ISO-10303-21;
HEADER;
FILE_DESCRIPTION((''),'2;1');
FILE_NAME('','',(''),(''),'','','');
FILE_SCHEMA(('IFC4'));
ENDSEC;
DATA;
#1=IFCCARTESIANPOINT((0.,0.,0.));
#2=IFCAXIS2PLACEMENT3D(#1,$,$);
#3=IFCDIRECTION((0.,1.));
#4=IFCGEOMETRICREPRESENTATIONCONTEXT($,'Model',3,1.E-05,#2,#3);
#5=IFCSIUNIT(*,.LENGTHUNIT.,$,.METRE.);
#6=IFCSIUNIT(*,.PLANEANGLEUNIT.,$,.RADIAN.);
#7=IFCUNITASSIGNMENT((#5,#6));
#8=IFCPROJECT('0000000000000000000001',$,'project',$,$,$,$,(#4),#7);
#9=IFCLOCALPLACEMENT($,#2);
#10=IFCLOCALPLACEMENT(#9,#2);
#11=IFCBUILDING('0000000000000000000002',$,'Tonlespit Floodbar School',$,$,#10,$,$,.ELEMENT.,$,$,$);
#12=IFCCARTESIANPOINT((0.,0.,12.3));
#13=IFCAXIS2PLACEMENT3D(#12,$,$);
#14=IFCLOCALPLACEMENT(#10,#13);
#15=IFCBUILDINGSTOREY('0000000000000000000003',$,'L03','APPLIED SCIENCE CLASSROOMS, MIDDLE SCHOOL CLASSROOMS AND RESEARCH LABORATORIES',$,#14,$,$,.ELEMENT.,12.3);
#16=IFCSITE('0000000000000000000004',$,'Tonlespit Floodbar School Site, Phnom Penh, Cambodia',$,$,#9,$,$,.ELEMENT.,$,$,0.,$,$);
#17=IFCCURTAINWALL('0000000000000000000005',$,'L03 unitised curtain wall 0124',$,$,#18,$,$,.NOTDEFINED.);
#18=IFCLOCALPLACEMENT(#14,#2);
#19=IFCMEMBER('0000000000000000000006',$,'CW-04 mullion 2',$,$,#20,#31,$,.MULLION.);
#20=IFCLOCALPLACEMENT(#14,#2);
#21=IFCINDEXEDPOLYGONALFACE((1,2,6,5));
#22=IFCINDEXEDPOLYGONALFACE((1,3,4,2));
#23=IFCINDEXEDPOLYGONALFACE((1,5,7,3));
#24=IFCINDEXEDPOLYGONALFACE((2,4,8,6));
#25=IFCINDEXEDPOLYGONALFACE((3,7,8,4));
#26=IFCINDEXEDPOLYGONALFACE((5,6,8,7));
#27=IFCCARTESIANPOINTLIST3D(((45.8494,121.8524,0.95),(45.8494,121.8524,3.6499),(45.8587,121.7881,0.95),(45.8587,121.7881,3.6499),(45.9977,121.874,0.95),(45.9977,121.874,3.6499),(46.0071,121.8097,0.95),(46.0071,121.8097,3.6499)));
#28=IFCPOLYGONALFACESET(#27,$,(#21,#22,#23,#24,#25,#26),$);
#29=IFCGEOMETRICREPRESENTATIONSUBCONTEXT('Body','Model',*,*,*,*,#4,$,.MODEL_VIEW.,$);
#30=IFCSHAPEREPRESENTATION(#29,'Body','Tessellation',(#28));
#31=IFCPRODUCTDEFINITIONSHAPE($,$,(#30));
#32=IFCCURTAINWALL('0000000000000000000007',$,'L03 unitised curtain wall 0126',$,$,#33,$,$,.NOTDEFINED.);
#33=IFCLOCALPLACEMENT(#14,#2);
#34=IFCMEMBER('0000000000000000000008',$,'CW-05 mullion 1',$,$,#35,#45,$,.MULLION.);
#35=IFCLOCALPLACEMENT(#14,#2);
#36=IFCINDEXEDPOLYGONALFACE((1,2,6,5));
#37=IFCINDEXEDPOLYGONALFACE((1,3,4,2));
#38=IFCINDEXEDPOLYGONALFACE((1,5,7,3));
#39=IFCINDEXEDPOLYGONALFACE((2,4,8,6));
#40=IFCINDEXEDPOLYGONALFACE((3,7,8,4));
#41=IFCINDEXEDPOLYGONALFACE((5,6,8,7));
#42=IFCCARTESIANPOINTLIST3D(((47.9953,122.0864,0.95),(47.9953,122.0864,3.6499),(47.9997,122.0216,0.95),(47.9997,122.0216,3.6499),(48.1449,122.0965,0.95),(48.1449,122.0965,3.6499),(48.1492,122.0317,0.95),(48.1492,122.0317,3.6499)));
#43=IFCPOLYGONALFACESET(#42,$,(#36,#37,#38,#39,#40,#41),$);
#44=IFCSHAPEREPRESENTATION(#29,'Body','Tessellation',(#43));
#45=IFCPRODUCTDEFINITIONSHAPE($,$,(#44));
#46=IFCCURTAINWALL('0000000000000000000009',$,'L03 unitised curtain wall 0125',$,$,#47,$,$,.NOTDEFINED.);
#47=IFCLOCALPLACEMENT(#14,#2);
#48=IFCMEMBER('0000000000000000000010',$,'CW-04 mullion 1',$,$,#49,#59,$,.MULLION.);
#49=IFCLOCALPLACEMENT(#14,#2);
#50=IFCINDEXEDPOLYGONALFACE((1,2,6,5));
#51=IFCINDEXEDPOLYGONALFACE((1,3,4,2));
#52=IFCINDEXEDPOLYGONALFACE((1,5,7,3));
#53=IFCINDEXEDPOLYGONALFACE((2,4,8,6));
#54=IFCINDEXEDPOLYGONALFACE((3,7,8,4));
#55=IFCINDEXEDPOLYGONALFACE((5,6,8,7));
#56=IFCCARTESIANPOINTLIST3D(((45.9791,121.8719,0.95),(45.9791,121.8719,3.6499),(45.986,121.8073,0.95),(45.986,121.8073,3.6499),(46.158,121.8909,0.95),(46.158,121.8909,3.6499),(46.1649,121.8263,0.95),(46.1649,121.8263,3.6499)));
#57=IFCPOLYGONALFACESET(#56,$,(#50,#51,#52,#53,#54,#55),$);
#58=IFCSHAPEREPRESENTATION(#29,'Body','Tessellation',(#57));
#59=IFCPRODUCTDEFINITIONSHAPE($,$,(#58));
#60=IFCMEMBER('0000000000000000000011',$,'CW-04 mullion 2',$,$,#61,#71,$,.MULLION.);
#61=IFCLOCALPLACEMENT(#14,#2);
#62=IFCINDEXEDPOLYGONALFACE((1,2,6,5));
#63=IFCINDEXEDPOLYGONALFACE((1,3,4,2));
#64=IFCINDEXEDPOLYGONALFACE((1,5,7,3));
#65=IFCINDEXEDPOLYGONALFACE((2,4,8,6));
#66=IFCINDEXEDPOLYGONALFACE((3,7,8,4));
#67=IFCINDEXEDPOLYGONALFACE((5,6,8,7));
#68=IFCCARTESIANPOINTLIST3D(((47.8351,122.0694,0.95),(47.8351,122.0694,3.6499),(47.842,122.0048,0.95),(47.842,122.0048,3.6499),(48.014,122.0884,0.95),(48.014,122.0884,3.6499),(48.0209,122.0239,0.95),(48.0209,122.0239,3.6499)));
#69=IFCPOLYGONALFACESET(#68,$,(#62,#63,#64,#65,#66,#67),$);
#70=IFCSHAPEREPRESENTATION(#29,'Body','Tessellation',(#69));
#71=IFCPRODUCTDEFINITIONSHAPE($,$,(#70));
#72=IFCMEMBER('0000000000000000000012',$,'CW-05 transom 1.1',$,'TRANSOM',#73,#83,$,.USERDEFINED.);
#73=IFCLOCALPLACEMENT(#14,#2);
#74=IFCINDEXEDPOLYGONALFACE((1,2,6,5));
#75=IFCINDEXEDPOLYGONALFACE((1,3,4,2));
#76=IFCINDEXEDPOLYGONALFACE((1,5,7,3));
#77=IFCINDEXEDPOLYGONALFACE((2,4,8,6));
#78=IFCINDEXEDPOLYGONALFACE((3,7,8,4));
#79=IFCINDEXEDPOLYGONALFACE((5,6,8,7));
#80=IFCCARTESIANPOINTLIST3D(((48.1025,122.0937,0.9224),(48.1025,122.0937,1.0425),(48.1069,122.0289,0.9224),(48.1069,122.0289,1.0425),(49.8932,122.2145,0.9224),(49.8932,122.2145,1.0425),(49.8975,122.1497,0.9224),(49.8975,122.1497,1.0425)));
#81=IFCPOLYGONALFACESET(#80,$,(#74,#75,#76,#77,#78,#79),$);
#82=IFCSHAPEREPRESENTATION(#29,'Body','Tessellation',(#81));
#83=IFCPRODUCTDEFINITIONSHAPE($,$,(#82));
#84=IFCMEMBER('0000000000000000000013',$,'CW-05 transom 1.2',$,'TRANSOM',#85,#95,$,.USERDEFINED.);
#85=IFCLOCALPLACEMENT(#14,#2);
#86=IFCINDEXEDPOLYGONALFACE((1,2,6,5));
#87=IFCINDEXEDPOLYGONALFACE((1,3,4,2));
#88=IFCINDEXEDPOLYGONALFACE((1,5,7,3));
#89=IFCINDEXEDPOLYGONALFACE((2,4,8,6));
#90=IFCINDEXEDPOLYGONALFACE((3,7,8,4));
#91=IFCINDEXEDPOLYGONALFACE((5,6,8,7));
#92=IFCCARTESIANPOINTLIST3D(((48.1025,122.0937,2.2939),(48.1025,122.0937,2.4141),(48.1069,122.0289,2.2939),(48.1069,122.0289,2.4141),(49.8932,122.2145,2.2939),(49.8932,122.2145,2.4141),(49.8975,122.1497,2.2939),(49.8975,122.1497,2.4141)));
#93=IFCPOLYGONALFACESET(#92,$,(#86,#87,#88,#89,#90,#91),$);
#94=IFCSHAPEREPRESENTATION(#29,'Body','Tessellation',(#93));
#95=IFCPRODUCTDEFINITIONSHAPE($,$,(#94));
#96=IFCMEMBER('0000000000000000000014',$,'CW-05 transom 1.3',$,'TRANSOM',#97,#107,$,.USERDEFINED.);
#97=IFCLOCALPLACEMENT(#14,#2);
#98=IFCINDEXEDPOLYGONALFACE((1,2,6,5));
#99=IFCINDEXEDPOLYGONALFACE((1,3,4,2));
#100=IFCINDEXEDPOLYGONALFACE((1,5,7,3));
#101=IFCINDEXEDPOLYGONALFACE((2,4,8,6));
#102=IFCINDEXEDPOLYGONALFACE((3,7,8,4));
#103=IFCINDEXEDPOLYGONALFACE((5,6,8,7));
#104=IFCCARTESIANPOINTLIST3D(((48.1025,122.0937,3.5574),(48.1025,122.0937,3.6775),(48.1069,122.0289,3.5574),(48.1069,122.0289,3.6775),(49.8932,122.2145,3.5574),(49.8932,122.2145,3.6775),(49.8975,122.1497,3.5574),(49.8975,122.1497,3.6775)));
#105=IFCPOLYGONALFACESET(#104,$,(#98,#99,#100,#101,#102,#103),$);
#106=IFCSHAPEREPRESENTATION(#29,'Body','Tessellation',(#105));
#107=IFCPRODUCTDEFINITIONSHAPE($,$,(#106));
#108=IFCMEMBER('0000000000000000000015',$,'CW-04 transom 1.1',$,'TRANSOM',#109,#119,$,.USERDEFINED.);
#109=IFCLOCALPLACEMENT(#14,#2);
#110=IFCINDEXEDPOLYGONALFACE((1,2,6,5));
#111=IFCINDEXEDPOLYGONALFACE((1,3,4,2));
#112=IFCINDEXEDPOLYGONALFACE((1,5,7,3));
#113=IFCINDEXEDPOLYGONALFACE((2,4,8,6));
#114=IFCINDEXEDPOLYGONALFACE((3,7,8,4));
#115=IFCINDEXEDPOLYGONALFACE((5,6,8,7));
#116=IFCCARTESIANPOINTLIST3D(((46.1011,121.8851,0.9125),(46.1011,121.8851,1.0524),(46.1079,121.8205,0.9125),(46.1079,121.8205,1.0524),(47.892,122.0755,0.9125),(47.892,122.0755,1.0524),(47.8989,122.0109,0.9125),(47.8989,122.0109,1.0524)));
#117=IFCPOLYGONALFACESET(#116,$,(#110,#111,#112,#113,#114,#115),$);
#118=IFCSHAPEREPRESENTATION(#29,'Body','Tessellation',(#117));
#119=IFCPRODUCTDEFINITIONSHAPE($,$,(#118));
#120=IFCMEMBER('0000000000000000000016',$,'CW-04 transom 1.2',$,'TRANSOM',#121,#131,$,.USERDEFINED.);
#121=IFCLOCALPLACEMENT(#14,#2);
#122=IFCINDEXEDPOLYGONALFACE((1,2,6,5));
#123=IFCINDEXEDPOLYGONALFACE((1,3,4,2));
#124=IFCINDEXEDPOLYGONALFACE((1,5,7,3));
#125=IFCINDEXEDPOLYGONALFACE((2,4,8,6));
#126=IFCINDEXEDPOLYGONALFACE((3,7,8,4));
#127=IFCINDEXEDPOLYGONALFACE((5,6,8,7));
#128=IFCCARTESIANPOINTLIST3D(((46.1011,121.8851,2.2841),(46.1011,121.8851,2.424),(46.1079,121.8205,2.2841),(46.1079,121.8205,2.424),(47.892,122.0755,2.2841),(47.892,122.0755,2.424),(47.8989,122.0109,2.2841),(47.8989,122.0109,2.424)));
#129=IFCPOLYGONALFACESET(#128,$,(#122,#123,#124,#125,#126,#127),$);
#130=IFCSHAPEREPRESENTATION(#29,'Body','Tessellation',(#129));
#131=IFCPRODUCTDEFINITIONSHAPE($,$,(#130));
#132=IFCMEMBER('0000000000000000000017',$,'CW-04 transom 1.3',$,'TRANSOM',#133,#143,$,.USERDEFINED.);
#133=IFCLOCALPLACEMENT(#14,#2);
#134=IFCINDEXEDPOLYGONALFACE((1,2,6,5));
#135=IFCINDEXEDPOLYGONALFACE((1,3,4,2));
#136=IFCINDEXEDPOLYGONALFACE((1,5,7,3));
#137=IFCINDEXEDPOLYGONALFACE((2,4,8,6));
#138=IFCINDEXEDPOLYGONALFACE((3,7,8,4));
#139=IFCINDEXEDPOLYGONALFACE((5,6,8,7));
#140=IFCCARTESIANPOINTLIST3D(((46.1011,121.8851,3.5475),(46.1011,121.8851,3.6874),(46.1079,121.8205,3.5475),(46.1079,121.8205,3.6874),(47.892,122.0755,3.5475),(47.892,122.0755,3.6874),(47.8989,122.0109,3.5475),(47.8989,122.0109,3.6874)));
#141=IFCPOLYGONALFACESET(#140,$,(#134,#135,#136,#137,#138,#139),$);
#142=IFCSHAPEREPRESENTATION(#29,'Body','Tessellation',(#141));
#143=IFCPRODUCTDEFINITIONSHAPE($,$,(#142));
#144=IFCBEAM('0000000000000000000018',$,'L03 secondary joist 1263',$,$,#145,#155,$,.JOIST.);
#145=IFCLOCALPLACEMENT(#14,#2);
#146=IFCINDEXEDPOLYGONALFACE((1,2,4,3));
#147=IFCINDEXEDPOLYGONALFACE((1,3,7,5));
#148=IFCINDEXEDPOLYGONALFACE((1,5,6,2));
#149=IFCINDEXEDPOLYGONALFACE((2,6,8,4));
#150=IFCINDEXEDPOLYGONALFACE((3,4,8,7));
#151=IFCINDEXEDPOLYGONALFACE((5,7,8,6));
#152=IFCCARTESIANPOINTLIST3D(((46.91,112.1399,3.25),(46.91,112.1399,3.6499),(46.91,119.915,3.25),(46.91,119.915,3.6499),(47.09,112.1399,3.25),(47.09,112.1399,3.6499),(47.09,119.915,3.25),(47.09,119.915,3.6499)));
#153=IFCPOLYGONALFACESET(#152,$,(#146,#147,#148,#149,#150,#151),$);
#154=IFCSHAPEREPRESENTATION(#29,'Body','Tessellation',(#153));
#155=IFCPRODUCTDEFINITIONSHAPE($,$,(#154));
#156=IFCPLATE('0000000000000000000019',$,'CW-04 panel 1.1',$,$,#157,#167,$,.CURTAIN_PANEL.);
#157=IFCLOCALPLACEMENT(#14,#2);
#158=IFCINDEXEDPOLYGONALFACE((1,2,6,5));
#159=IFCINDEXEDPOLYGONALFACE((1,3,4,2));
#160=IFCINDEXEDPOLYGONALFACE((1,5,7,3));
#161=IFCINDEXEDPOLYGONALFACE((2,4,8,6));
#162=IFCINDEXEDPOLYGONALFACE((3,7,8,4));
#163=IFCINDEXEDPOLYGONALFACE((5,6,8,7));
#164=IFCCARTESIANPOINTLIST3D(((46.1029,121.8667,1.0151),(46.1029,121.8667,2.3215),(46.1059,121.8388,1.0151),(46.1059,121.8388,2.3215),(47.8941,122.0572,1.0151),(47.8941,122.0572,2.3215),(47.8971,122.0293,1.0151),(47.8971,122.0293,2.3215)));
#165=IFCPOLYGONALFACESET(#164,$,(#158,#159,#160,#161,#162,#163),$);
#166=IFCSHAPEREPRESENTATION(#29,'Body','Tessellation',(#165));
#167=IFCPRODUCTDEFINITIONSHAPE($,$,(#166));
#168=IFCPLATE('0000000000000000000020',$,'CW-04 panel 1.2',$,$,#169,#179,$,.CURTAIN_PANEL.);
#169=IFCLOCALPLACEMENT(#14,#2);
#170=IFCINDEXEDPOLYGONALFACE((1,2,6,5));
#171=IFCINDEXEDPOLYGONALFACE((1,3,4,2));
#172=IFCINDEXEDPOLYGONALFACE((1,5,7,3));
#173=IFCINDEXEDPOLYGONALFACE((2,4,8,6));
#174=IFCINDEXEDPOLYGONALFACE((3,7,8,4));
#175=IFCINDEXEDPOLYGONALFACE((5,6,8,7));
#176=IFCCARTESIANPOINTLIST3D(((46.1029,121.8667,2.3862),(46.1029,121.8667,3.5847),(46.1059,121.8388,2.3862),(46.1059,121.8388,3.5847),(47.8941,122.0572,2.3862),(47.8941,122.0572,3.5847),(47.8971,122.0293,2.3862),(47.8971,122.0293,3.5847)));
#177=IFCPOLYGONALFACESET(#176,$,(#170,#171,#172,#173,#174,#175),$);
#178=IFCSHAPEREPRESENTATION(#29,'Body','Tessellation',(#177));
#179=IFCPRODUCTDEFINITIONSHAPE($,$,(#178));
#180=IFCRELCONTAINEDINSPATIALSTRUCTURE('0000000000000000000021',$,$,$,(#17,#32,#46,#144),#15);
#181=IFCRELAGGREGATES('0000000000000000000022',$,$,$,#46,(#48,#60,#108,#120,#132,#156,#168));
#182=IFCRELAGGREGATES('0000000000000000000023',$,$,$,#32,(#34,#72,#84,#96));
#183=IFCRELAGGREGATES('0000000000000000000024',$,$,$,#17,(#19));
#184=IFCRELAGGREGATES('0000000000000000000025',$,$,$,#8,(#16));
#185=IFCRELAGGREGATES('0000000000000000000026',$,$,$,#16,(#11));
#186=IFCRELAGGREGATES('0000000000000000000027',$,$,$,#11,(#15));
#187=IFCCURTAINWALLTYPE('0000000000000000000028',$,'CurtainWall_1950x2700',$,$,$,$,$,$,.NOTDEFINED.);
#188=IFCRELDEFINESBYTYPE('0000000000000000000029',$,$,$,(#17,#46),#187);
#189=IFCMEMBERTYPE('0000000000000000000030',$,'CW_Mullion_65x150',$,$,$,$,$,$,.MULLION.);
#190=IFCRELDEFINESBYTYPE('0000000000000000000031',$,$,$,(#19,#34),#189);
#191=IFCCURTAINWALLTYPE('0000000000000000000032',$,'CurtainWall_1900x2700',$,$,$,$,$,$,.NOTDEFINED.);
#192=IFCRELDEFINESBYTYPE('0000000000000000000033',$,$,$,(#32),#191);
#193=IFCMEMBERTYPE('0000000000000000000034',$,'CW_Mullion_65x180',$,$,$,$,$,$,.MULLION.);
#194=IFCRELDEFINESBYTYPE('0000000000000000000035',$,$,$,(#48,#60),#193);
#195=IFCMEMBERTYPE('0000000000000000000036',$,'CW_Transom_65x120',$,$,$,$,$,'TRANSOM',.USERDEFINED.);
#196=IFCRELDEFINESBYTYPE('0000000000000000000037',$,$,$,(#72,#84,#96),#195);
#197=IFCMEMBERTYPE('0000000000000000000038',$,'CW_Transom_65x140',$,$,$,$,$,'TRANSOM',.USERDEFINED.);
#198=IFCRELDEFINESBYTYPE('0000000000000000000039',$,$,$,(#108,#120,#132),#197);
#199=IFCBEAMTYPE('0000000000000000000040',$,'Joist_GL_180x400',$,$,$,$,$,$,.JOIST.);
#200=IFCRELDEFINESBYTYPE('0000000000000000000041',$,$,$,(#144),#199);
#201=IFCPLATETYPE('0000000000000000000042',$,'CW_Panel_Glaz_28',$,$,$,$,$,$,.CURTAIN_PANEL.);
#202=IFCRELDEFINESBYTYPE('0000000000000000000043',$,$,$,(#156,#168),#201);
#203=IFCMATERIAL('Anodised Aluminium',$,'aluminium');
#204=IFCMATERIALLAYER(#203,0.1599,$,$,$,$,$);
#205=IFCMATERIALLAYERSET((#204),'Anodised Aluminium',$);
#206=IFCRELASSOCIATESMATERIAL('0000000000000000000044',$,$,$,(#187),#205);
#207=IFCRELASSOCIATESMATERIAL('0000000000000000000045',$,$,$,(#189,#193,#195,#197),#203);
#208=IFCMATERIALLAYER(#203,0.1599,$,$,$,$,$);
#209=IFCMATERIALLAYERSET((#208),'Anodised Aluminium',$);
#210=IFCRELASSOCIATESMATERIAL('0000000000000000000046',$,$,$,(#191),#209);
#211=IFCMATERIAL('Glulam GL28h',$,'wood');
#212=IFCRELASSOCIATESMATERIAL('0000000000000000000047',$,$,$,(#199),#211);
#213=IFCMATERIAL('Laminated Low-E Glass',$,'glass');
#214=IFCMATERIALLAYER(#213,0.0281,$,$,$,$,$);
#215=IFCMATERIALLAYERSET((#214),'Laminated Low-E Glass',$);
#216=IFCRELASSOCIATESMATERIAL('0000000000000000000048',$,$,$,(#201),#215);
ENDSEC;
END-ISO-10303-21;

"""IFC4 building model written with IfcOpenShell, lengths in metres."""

from ifc_helpers import new_model, si_unit, direction, frame, origin, origin_2d, place, context, subcontext, project, spatial, rectangle, extrude, material, layer, layer_set, material_profile, profile_set, type_object, element, aggregate, save


model = new_model("IFC4")

# Units and contexts
model_context = context("Model", 3, precision=1e-05, world=origin(), true_north=direction((0.0, 1.0)))
body_context = subcontext(model_context, "Body", "Model", "MODEL_VIEW")
ifc_project = project(units=[si_unit("LENGTHUNIT", "METRE"), si_unit("PLANEANGLEUNIT", "RADIAN")], contexts=[model_context])

# Site, building, storey
site_placement = place(None, origin())
site = spatial("IfcSite", under=ifc_project, at=site_placement, Name="Tonlespit Floodbar School Site, Phnom Penh, Cambodia", CompositionType="ELEMENT", RefElevation=0.0)
building_placement = place(site_placement, origin())
building = spatial("IfcBuilding", under=site, at=building_placement, Name="Tonlespit Floodbar School", CompositionType="ELEMENT")
storey_placement = place(building_placement, frame((0.0, 0.0, 12.3)))
storey = spatial("IfcBuildingStorey", under=building, at=storey_placement, Name="L03", Description="APPLIED SCIENCE CLASSROOMS, MIDDLE SCHOOL CLASSROOMS AND RESEARCH LABORATORIES", CompositionType="ELEMENT", Elevation=12.3)

# Curtain walls, members
ifc_material_1 = material(Name="Anodised Aluminium", Category="aluminium")
ifc_layer_1 = layer(ifc_material_1, 0.1599)
ifc_layer_set_1 = layer_set([ifc_layer_1], Name="Anodised Aluminium")
curtain_wall_type_1 = type_object("IfcCurtainWallType", Name="CurtainWall_1950x2700", PredefinedType="NOTDEFINED", material=ifc_layer_set_1)
curtain_wall_1_placement = place(storey_placement, origin())
curtain_wall_1 = element("IfcCurtainWall", 1, at=curtain_wall_1_placement, inside=storey, type_object=curtain_wall_type_1, Name="L03 unitised curtain wall 0124", PredefinedType="NOTDEFINED")
ifc_material_profile_1 = material_profile(ifc_material_1, rectangle(XDim=0.0649, YDim=0.1499, at=origin_2d()), Name="ALU M65x150")
ifc_profile_set_1 = profile_set([ifc_material_profile_1], Name="Anodised Aluminium")
member_type_1 = type_object("IfcMemberType", Name="CW_Mullion_65x150", PredefinedType="MULLION", material=ifc_profile_set_1)
member_1_placement = place(storey_placement, frame((45.9282, 121.8311, 0.95), z_axis=(0.0, 0.0, 1.0), x_axis=(-0.144248, 0.989542, 0.0)))
member_1 = element("IfcMember", 2, at=member_1_placement, type_object=member_type_1, Name="CW-04 mullion 2", PredefinedType="MULLION", context=body_context, shape_type="SweptSolid", body=[
    extrude(rectangle(XDim=0.0649, YDim=0.1499, at=origin_2d()), origin(), (0.0, 0.0, 1.0), 2.7),
])
ifc_layer_2 = layer(ifc_material_1, 0.1599)
ifc_layer_set_2 = layer_set([ifc_layer_2], Name="Anodised Aluminium")
curtain_wall_type_2 = type_object("IfcCurtainWallType", Name="CurtainWall_1900x2700", PredefinedType="NOTDEFINED", material=ifc_layer_set_2)
curtain_wall_2_placement = place(storey_placement, origin())
curtain_wall_2 = element("IfcCurtainWall", 3, at=curtain_wall_2_placement, inside=storey, type_object=curtain_wall_type_2, Name="L03 unitised curtain wall 0126", PredefinedType="NOTDEFINED")
member_2_placement = place(storey_placement, frame((48.0723, 122.0591, 0.95), z_axis=(0.0, 0.0, 1.0), x_axis=(-0.06734, 0.99773, 0.0)))
member_2 = element("IfcMember", 4, at=member_2_placement, type_object=member_type_1, Name="CW-05 mullion 1", PredefinedType="MULLION", context=body_context, shape_type="SweptSolid", body=[
    extrude(rectangle(XDim=0.0649, YDim=0.1499, at=origin_2d()), origin(), (0.0, 0.0, 1.0), 2.7),
])

# Curtain wall, members
curtain_wall_3_placement = place(storey_placement, origin())
curtain_wall_3 = element("IfcCurtainWall", 5, at=curtain_wall_3_placement, inside=storey, type_object=curtain_wall_type_1, Name="L03 unitised curtain wall 0125", PredefinedType="NOTDEFINED")
ifc_material_profile_2 = material_profile(ifc_material_1, rectangle(XDim=0.0649, YDim=0.1799, at=origin_2d()), Name="ALU M65x180")
ifc_profile_set_2 = profile_set([ifc_material_profile_2], Name="Anodised Aluminium")
member_type_2 = type_object("IfcMemberType", Name="CW_Mullion_65x180", PredefinedType="MULLION", material=ifc_profile_set_2)
member_3_placement = place(storey_placement, frame((46.072, 121.8491, 0.95), z_axis=(0.0, 0.0, 1.0), x_axis=(-0.105787, 0.994389, 0.0)))
member_3 = element("IfcMember", 6, at=member_3_placement, type_object=member_type_2, Name="CW-04 mullion 1", PredefinedType="MULLION", context=body_context, shape_type="SweptSolid", body=[
    extrude(rectangle(XDim=0.0649, YDim=0.1799, at=origin_2d()), origin(), (0.0, 0.0, 1.0), 2.7),
])
member_4_placement = place(storey_placement, frame((47.928, 122.0466, 0.95), z_axis=(0.0, 0.0, 1.0), x_axis=(-0.105787, 0.994389, 0.0)))
member_4 = element("IfcMember", 7, at=member_4_placement, type_object=member_type_2, Name="CW-04 mullion 2", PredefinedType="MULLION", context=body_context, shape_type="SweptSolid", body=[
    extrude(rectangle(XDim=0.0649, YDim=0.1799, at=origin_2d()), origin(), (0.0, 0.0, 1.0), 2.7),
])

# Members
ifc_material_profile_3 = material_profile(ifc_material_1, rectangle(XDim=0.0649, YDim=0.1201, at=origin_2d()), Name="ALU T65x120")
ifc_profile_set_3 = profile_set([ifc_material_profile_3], Name="Anodised Aluminium")
member_type_3 = type_object("IfcMemberType", Name="CW_Transom_65x120", ElementType="TRANSOM", PredefinedType="USERDEFINED", material=ifc_profile_set_3)
member_5_placement = place(storey_placement, frame((48.1047, 122.0613, 0.9824), z_axis=(0.99773, 0.067341, 0.0), x_axis=(-0.067341, 0.99773, 0.0)))
member_5 = element("IfcMember", 8, at=member_5_placement, type_object=member_type_3, Name="CW-05 transom 1.1", ObjectType="TRANSOM", PredefinedType="USERDEFINED", context=body_context, shape_type="SweptSolid", body=[
    extrude(rectangle(XDim=0.0649, YDim=0.1201, at=origin_2d()), origin(), (0.0, 0.0, 1.0), 1.7947),
])
member_6_placement = place(storey_placement, frame((48.1047, 122.0613, 2.354), z_axis=(0.99773, 0.067341, 0.0), x_axis=(-0.067341, 0.99773, 0.0)))
member_6 = element("IfcMember", 9, at=member_6_placement, type_object=member_type_3, Name="CW-05 transom 1.2", ObjectType="TRANSOM", PredefinedType="USERDEFINED", context=body_context, shape_type="SweptSolid", body=[
    extrude(rectangle(XDim=0.0649, YDim=0.1201, at=origin_2d()), origin(), (0.0, 0.0, 1.0), 1.7947),
])
member_7_placement = place(storey_placement, frame((48.1047, 122.0613, 3.6174), z_axis=(0.99773, 0.067341, 0.0), x_axis=(-0.067341, 0.99773, 0.0)))
member_7 = element("IfcMember", 10, at=member_7_placement, type_object=member_type_3, Name="CW-05 transom 1.3", ObjectType="TRANSOM", PredefinedType="USERDEFINED", context=body_context, shape_type="SweptSolid", body=[
    extrude(rectangle(XDim=0.0649, YDim=0.1201, at=origin_2d()), origin(), (0.0, 0.0, 1.0), 1.7947),
])
ifc_material_profile_4 = material_profile(ifc_material_1, rectangle(XDim=0.0649, YDim=0.1399, at=origin_2d()), Name="ALU T65x140")
ifc_profile_set_4 = profile_set([ifc_material_profile_4], Name="Anodised Aluminium")
member_type_4 = type_object("IfcMemberType", Name="CW_Transom_65x140", ElementType="TRANSOM", PredefinedType="USERDEFINED", material=ifc_profile_set_4)
member_8_placement = place(storey_placement, frame((46.1045, 121.8528, 0.9824), z_axis=(0.994395, 0.105729, 0.0), x_axis=(-0.105729, 0.994395, 0.0)))
member_8 = element("IfcMember", 11, at=member_8_placement, type_object=member_type_4, Name="CW-04 transom 1.1", ObjectType="TRANSOM", PredefinedType="USERDEFINED", context=body_context, shape_type="SweptSolid", body=[
    extrude(rectangle(XDim=0.0649, YDim=0.1399, at=origin_2d()), origin(), (0.0, 0.0, 1.0), 1.801),
])
member_9_placement = place(storey_placement, frame((46.1045, 121.8528, 2.354), z_axis=(0.994395, 0.105729, 0.0), x_axis=(-0.105729, 0.994395, 0.0)))
member_9 = element("IfcMember", 12, at=member_9_placement, type_object=member_type_4, Name="CW-04 transom 1.2", ObjectType="TRANSOM", PredefinedType="USERDEFINED", context=body_context, shape_type="SweptSolid", body=[
    extrude(rectangle(XDim=0.0649, YDim=0.1399, at=origin_2d()), origin(), (0.0, 0.0, 1.0), 1.801),
])
member_10_placement = place(storey_placement, frame((46.1045, 121.8528, 3.6174), z_axis=(0.994395, 0.105729, 0.0), x_axis=(-0.105729, 0.994395, 0.0)))
member_10 = element("IfcMember", 13, at=member_10_placement, type_object=member_type_4, Name="CW-04 transom 1.3", ObjectType="TRANSOM", PredefinedType="USERDEFINED", context=body_context, shape_type="SweptSolid", body=[
    extrude(rectangle(XDim=0.0649, YDim=0.1399, at=origin_2d()), origin(), (0.0, 0.0, 1.0), 1.801),
])

# Beam
ifc_material_2 = material(Name="Glulam GL28h", Category="wood")
ifc_material_profile_5 = material_profile(ifc_material_2, rectangle(XDim=0.1799, YDim=0.3999, at=origin_2d()), Name="GL 180x400")
ifc_profile_set_5 = profile_set([ifc_material_profile_5], Name="Glulam GL28h")
beam_type = type_object("IfcBeamType", Name="Joist_GL_180x400", PredefinedType="JOIST", material=ifc_profile_set_5)
beam_placement = place(storey_placement, frame((47.0, 112.1399, 3.45), z_axis=(0.0, 1.0, 0.0), x_axis=(-1.0, 0.0, 0.0)))
element("IfcBeam", 14, at=beam_placement, inside=storey, type_object=beam_type, Name="L03 secondary joist 1263", PredefinedType="JOIST", context=body_context, shape_type="SweptSolid", body=[
    extrude(rectangle(XDim=0.1799, YDim=0.3999, at=origin_2d()), origin(), (0.0, 0.0, 1.0), 7.7751),
])

# Plates
ifc_material_3 = material(Name="Laminated Low-E Glass", Category="glass")
ifc_layer_3 = layer(ifc_material_3, 0.0281)
ifc_layer_set_3 = layer_set([ifc_layer_3], Name="Laminated Low-E Glass")
plate_type_1 = type_object("IfcPlateType", Name="CW_Panel_Glaz_28", PredefinedType="CURTAIN_PANEL", material=ifc_layer_set_3)
plate_1_placement = place(storey_placement, frame((47.0, 121.948, 1.0151), z_axis=(0.0, 0.0, 1.0), x_axis=(0.994389, 0.105787, 0.0)))
plate_1 = element("IfcPlate", 15, at=plate_1_placement, type_object=plate_type_1, Name="CW-04 panel 1.1", PredefinedType="CURTAIN_PANEL", context=body_context, shape_type="SweptSolid", body=[
    extrude(rectangle(XDim=1.8013, YDim=0.0281, at=origin_2d()), origin(), (0.0, 0.0, 1.0), 1.3064),
])
plate_2_placement = place(storey_placement, frame((47.0, 121.948, 2.3862), z_axis=(0.0, 0.0, 1.0), x_axis=(0.994389, 0.105787, 0.0)))
plate_2 = element("IfcPlate", 16, at=plate_2_placement, type_object=plate_type_1, Name="CW-04 panel 1.2", PredefinedType="CURTAIN_PANEL", context=body_context, shape_type="SweptSolid", body=[
    extrude(rectangle(XDim=1.8013, YDim=0.0281, at=origin_2d()), origin(), (0.0, 0.0, 1.0), 1.1985),
])
aggregate(curtain_wall_3, [member_3, member_4, member_8, member_9, member_10, plate_1, plate_2])
aggregate(curtain_wall_2, [member_2, member_5, member_6, member_7])
aggregate(curtain_wall_1, [member_1])

save(model, "model.ifc")
